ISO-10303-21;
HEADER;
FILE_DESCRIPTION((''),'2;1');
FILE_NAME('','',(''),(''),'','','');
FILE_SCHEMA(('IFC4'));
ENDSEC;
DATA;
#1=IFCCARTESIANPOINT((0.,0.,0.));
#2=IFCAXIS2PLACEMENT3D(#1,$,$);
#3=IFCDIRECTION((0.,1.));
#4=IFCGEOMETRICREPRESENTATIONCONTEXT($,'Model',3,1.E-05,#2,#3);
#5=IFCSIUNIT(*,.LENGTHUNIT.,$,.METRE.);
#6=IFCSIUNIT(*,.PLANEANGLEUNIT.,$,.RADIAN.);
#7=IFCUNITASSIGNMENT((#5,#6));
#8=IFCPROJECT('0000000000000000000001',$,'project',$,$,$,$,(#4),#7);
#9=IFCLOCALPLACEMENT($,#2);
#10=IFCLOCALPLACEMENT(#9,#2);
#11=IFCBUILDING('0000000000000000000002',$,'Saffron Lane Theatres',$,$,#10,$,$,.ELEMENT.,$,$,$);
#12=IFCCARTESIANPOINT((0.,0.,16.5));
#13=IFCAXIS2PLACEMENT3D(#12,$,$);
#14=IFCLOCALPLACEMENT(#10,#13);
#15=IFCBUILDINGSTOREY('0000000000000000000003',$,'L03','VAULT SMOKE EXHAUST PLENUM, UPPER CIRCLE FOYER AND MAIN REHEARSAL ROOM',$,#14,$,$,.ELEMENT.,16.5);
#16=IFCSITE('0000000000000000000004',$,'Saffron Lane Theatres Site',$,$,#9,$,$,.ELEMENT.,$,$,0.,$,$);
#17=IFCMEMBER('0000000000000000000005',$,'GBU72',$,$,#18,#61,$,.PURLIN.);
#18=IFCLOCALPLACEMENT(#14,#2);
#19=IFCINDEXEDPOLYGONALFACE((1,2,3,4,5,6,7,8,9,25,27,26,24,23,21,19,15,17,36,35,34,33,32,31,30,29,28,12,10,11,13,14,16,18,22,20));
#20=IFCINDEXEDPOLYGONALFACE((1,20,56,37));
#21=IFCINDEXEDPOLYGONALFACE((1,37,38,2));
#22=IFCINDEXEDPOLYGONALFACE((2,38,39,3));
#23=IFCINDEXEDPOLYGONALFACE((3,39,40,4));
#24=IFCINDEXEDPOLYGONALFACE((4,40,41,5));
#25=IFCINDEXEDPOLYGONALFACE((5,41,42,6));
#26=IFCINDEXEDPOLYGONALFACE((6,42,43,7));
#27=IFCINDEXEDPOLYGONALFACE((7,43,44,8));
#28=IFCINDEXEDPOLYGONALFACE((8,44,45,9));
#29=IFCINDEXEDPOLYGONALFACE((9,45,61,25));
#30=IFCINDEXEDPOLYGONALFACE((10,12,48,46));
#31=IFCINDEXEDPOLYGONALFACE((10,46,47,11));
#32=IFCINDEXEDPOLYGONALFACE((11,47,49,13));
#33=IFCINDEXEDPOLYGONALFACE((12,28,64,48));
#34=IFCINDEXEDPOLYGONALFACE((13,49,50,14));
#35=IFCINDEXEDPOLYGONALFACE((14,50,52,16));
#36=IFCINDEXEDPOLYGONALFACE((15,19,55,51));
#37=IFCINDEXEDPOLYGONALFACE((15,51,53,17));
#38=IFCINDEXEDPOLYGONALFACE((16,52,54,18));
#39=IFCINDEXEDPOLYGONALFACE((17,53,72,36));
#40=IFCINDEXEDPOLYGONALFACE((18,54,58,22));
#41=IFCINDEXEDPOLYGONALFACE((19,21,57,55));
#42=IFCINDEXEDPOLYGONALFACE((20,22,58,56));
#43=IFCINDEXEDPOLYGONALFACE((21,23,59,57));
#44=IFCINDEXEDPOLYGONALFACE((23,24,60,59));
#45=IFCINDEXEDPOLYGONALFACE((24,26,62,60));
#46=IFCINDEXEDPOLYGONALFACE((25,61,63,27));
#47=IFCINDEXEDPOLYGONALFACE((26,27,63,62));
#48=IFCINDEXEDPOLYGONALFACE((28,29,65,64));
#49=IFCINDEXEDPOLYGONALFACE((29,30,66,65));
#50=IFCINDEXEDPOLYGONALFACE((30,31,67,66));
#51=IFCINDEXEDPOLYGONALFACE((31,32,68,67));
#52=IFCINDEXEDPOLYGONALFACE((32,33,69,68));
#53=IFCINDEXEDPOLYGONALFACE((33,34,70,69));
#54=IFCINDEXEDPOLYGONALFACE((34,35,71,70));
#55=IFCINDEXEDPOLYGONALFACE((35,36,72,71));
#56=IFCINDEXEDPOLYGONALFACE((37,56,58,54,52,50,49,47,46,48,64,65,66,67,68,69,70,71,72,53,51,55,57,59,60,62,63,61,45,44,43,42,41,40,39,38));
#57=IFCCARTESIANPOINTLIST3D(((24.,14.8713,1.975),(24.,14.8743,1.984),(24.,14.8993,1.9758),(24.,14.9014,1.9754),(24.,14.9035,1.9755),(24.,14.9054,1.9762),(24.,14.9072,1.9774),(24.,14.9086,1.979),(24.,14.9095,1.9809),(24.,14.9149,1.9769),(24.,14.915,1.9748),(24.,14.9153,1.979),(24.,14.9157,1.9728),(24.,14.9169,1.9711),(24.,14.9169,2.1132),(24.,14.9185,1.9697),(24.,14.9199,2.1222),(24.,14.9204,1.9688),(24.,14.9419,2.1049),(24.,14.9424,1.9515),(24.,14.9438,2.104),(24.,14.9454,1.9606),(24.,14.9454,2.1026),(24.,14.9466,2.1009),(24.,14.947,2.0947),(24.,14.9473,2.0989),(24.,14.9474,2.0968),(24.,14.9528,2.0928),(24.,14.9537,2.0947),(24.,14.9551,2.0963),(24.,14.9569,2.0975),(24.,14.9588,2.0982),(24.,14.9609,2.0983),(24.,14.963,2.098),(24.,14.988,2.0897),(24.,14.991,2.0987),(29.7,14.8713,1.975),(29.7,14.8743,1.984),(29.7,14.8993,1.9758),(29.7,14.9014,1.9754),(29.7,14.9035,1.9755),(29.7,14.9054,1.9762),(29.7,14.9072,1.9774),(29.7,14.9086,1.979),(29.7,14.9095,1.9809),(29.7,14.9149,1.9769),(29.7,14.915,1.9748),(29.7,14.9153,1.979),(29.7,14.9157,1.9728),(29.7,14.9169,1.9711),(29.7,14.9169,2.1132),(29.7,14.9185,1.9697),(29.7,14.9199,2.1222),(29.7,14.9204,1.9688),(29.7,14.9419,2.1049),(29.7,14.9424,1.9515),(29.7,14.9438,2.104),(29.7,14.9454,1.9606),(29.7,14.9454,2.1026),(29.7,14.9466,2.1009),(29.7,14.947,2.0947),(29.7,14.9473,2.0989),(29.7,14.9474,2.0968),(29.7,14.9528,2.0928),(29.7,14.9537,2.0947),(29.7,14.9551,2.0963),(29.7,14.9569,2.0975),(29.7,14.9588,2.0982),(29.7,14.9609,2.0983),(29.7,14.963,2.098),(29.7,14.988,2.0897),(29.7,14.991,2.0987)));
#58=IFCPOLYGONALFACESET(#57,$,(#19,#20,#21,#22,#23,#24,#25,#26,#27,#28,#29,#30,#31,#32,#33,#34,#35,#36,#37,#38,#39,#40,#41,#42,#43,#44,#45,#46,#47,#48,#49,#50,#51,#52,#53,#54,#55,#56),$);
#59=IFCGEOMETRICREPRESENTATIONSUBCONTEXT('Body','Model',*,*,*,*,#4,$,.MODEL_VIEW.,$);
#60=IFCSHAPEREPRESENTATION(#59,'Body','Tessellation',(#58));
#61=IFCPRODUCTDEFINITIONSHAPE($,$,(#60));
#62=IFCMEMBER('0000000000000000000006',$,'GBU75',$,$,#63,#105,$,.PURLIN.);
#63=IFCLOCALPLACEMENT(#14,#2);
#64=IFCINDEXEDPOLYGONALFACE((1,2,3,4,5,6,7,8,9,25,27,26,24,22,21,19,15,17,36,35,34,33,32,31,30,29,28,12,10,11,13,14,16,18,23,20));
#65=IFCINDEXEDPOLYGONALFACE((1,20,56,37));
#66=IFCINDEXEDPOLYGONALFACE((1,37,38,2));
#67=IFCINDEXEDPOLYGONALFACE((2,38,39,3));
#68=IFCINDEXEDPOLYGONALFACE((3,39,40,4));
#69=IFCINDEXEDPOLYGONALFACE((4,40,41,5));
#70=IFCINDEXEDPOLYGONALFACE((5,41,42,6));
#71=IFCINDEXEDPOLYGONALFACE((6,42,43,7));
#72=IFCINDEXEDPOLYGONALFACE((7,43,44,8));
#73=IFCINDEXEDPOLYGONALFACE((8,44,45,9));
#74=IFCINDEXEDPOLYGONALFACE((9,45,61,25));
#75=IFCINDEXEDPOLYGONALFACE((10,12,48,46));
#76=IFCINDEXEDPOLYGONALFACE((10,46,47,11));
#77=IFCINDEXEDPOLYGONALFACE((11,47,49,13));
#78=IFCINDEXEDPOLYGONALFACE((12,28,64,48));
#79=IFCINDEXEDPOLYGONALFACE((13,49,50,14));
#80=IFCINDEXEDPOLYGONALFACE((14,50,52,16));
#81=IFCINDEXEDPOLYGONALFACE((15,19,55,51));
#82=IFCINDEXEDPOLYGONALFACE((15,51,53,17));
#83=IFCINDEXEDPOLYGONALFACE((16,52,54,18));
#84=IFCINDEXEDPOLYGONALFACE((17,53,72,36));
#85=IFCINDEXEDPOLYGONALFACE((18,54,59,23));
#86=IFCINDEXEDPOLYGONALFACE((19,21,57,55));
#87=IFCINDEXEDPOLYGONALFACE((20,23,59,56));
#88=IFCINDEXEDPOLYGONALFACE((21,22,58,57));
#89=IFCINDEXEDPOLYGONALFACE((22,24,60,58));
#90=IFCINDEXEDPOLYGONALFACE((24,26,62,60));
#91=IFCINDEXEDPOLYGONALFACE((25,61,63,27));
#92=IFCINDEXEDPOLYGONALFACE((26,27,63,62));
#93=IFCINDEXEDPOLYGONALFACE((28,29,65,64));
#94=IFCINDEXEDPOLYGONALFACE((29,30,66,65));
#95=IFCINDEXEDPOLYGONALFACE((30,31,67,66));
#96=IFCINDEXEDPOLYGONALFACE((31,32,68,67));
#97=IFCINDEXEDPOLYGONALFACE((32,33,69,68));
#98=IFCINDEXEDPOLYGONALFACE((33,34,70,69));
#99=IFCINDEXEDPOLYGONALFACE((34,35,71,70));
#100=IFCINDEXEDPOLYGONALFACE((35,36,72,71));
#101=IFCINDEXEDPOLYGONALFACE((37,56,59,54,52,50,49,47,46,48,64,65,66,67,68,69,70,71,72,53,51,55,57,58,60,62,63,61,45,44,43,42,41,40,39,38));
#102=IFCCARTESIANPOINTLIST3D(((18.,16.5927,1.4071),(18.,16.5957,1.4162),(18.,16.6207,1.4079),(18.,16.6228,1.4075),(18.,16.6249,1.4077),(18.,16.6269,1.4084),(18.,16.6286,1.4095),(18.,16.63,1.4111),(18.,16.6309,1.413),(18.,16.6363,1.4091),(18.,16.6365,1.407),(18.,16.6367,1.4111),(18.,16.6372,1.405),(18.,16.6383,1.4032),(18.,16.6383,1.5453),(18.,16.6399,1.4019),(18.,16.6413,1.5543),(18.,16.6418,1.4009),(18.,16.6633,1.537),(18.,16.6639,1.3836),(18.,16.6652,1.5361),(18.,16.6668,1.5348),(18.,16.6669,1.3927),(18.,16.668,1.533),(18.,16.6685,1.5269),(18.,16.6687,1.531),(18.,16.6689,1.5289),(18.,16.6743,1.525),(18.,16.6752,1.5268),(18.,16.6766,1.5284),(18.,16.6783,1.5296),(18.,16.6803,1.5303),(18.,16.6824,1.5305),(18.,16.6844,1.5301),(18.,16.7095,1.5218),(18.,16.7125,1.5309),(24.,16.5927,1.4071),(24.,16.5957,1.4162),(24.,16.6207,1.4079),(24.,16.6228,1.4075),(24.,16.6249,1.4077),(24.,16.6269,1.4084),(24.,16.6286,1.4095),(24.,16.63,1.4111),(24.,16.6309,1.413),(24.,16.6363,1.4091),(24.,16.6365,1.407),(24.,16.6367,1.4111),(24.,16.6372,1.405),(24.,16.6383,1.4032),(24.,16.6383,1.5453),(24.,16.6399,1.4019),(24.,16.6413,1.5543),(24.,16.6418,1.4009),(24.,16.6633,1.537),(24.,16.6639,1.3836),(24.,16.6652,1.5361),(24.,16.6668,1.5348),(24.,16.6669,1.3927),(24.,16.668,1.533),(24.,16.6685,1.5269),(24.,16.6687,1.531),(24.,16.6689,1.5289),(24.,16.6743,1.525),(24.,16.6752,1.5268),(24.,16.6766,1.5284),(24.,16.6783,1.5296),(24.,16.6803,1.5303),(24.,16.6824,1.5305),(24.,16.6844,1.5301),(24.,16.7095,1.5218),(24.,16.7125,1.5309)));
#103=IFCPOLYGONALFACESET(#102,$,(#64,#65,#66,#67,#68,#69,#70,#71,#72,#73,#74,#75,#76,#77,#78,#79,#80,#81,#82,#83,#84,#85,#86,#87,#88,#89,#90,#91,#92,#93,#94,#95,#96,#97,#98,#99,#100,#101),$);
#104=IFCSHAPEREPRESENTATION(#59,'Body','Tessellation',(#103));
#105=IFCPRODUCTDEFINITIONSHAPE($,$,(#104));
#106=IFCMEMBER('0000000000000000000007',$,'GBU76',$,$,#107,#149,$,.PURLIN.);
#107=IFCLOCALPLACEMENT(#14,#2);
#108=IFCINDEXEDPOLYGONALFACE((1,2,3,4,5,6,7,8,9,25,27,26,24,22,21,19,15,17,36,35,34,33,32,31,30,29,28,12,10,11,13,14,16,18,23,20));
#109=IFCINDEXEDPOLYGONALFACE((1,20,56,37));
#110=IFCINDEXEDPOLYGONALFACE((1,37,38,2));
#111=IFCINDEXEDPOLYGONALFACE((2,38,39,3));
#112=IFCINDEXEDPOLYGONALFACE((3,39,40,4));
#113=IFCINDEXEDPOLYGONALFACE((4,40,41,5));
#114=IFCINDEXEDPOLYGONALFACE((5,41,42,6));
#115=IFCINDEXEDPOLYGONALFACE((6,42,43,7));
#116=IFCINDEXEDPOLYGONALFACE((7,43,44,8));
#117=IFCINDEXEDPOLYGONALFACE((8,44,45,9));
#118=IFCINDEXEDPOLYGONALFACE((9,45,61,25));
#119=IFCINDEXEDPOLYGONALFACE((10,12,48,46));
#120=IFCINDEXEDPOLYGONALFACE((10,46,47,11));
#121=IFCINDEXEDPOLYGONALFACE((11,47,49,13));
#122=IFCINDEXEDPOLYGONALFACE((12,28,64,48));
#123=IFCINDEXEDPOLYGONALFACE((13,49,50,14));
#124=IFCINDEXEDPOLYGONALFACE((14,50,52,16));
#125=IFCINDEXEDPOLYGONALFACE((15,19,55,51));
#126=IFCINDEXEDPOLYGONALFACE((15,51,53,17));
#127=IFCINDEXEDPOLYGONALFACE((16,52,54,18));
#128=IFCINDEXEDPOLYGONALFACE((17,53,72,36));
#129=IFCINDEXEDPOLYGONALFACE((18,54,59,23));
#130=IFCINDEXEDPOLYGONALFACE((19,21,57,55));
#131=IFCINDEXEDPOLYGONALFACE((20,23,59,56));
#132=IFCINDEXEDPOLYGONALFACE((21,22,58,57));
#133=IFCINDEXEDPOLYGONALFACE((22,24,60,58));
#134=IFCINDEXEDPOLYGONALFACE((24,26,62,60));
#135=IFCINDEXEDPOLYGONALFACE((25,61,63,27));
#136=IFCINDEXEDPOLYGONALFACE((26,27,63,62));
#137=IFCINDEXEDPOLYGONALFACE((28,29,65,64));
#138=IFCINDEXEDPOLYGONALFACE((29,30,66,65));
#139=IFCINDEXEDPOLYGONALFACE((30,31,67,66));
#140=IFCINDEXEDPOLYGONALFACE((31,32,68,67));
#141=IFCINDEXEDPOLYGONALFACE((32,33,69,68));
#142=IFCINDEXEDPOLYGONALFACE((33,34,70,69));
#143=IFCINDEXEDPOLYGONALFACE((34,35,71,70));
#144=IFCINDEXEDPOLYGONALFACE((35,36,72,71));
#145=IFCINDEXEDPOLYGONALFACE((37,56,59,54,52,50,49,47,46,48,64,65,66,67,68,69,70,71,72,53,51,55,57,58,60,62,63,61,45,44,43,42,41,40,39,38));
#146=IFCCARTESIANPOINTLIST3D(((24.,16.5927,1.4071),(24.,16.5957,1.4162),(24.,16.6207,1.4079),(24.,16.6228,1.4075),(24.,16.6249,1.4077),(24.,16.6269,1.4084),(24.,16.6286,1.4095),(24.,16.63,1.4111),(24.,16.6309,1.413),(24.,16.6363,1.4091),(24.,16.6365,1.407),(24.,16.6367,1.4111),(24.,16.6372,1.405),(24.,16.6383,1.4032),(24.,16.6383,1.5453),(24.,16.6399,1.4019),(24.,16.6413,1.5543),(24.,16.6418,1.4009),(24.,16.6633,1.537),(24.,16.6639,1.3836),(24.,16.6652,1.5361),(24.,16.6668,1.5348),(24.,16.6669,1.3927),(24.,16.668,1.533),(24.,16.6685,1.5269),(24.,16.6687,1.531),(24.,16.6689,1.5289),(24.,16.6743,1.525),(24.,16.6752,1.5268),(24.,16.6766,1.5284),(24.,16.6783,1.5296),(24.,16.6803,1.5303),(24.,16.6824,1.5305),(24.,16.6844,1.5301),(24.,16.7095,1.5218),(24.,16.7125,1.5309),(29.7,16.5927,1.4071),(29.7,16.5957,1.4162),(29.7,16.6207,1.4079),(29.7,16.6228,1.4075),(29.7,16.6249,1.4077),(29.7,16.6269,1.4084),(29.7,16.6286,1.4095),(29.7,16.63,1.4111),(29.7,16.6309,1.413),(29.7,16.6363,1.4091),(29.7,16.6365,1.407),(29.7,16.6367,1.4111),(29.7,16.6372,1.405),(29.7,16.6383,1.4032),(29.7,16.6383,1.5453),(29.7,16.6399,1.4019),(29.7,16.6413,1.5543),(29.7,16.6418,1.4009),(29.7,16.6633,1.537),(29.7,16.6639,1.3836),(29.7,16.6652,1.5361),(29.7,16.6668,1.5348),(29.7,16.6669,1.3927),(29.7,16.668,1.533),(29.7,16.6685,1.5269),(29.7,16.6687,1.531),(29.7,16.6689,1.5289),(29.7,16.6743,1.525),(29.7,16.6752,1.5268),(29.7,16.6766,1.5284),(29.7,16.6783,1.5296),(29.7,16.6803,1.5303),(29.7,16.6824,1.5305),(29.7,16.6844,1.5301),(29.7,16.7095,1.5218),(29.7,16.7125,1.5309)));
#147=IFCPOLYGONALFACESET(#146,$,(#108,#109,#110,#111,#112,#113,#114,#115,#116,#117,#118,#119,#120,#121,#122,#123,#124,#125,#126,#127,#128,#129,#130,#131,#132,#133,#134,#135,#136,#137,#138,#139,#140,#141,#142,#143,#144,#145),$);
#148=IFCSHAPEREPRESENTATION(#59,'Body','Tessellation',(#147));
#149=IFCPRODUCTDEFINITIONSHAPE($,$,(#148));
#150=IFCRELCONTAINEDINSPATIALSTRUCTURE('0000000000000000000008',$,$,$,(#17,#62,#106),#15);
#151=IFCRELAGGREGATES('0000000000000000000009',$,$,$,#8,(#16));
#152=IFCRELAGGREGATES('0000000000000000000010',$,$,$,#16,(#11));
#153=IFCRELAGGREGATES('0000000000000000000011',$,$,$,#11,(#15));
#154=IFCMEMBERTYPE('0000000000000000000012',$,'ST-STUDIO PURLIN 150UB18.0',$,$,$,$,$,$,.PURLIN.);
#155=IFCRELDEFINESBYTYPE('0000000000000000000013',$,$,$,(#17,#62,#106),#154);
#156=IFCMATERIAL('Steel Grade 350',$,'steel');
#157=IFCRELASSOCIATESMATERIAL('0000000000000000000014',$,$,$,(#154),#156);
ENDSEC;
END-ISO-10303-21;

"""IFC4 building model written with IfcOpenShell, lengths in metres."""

from ifc_helpers import new_model, si_unit, direction, frame, origin, origin_2d, place, context, subcontext, project, spatial, i_section, extrude, material, material_profile, profile_set, type_object, element, save


model = new_model("IFC4")

# Units and contexts
model_context = context("Model", 3, precision=1e-05, world=origin(), true_north=direction((0.0, 1.0)))
body_context = subcontext(model_context, "Body", "Model", "MODEL_VIEW")
ifc_project = project(units=[si_unit("LENGTHUNIT", "METRE"), si_unit("PLANEANGLEUNIT", "RADIAN")], contexts=[model_context])

# Site, building, storey
site_placement = place(None, origin())
site = spatial("IfcSite", under=ifc_project, at=site_placement, Name="Saffron Lane Theatres Site", CompositionType="ELEMENT", RefElevation=0.0)
building_placement = place(site_placement, origin())
building = spatial("IfcBuilding", under=site, at=building_placement, Name="Saffron Lane Theatres", CompositionType="ELEMENT")
storey_placement = place(building_placement, frame((0.0, 0.0, 16.5)))
storey = spatial("IfcBuildingStorey", under=building, at=storey_placement, Name="L03", Description="VAULT SMOKE EXHAUST PLENUM, UPPER CIRCLE FOYER AND MAIN REHEARSAL ROOM", CompositionType="ELEMENT", Elevation=16.5)

# Members
ifc_material_1 = material(Name="Steel Grade 350", Category="steel")
ifc_material_profile_1 = material_profile(ifc_material_1, i_section(OverallWidth=0.075, OverallDepth=0.155, WebThickness=0.0061, FlangeThickness=0.0095, FilletRadius=0.0081, at=origin_2d()))
ifc_profile_set_1 = profile_set([ifc_material_profile_1], Name="Steel Grade 350")
member_type_1 = type_object("IfcMemberType", Name="ST-STUDIO PURLIN 150UB18.0", PredefinedType="PURLIN", material=ifc_profile_set_1)
member_1_placement = place(storey_placement, frame((24.0, 14.9312, 2.0369), z_axis=(1.0, 0.0, 0.0), x_axis=(0.0, 0.949629, -0.313377)))
element("IfcMember", 1, at=member_1_placement, inside=storey, type_object=member_type_1, Name="GBU72", PredefinedType="PURLIN", context=body_context, shape_type="SweptSolid", body=[
    extrude(i_section(OverallWidth=0.075, OverallDepth=0.155, WebThickness=0.0061, FlangeThickness=0.0095, FilletRadius=0.0081, at=origin_2d()), origin(), (0.0, 0.0, 1.0), 5.7),
])
member_2_placement = place(storey_placement, frame((18.0, 16.6526, 1.469), z_axis=(1.0, 0.0, 0.0), x_axis=(0.0, 0.949629, -0.313377)))
element("IfcMember", 2, at=member_2_placement, inside=storey, type_object=member_type_1, Name="GBU75", PredefinedType="PURLIN", context=body_context, shape_type="SweptSolid", body=[
    extrude(i_section(OverallWidth=0.075, OverallDepth=0.155, WebThickness=0.0061, FlangeThickness=0.0095, FilletRadius=0.0081, at=origin_2d()), origin(), (0.0, 0.0, 1.0), 6.0),
])
member_3_placement = place(storey_placement, frame((24.0, 16.6526, 1.469), z_axis=(1.0, 0.0, 0.0), x_axis=(0.0, 0.949629, -0.313377)))
element("IfcMember", 3, at=member_3_placement, inside=storey, type_object=member_type_1, Name="GBU76", PredefinedType="PURLIN", context=body_context, shape_type="SweptSolid", body=[
    extrude(i_section(OverallWidth=0.075, OverallDepth=0.155, WebThickness=0.0061, FlangeThickness=0.0095, FilletRadius=0.0081, at=origin_2d()), origin(), (0.0, 0.0, 1.0), 5.7),
])

save(model, "model.ifc")
